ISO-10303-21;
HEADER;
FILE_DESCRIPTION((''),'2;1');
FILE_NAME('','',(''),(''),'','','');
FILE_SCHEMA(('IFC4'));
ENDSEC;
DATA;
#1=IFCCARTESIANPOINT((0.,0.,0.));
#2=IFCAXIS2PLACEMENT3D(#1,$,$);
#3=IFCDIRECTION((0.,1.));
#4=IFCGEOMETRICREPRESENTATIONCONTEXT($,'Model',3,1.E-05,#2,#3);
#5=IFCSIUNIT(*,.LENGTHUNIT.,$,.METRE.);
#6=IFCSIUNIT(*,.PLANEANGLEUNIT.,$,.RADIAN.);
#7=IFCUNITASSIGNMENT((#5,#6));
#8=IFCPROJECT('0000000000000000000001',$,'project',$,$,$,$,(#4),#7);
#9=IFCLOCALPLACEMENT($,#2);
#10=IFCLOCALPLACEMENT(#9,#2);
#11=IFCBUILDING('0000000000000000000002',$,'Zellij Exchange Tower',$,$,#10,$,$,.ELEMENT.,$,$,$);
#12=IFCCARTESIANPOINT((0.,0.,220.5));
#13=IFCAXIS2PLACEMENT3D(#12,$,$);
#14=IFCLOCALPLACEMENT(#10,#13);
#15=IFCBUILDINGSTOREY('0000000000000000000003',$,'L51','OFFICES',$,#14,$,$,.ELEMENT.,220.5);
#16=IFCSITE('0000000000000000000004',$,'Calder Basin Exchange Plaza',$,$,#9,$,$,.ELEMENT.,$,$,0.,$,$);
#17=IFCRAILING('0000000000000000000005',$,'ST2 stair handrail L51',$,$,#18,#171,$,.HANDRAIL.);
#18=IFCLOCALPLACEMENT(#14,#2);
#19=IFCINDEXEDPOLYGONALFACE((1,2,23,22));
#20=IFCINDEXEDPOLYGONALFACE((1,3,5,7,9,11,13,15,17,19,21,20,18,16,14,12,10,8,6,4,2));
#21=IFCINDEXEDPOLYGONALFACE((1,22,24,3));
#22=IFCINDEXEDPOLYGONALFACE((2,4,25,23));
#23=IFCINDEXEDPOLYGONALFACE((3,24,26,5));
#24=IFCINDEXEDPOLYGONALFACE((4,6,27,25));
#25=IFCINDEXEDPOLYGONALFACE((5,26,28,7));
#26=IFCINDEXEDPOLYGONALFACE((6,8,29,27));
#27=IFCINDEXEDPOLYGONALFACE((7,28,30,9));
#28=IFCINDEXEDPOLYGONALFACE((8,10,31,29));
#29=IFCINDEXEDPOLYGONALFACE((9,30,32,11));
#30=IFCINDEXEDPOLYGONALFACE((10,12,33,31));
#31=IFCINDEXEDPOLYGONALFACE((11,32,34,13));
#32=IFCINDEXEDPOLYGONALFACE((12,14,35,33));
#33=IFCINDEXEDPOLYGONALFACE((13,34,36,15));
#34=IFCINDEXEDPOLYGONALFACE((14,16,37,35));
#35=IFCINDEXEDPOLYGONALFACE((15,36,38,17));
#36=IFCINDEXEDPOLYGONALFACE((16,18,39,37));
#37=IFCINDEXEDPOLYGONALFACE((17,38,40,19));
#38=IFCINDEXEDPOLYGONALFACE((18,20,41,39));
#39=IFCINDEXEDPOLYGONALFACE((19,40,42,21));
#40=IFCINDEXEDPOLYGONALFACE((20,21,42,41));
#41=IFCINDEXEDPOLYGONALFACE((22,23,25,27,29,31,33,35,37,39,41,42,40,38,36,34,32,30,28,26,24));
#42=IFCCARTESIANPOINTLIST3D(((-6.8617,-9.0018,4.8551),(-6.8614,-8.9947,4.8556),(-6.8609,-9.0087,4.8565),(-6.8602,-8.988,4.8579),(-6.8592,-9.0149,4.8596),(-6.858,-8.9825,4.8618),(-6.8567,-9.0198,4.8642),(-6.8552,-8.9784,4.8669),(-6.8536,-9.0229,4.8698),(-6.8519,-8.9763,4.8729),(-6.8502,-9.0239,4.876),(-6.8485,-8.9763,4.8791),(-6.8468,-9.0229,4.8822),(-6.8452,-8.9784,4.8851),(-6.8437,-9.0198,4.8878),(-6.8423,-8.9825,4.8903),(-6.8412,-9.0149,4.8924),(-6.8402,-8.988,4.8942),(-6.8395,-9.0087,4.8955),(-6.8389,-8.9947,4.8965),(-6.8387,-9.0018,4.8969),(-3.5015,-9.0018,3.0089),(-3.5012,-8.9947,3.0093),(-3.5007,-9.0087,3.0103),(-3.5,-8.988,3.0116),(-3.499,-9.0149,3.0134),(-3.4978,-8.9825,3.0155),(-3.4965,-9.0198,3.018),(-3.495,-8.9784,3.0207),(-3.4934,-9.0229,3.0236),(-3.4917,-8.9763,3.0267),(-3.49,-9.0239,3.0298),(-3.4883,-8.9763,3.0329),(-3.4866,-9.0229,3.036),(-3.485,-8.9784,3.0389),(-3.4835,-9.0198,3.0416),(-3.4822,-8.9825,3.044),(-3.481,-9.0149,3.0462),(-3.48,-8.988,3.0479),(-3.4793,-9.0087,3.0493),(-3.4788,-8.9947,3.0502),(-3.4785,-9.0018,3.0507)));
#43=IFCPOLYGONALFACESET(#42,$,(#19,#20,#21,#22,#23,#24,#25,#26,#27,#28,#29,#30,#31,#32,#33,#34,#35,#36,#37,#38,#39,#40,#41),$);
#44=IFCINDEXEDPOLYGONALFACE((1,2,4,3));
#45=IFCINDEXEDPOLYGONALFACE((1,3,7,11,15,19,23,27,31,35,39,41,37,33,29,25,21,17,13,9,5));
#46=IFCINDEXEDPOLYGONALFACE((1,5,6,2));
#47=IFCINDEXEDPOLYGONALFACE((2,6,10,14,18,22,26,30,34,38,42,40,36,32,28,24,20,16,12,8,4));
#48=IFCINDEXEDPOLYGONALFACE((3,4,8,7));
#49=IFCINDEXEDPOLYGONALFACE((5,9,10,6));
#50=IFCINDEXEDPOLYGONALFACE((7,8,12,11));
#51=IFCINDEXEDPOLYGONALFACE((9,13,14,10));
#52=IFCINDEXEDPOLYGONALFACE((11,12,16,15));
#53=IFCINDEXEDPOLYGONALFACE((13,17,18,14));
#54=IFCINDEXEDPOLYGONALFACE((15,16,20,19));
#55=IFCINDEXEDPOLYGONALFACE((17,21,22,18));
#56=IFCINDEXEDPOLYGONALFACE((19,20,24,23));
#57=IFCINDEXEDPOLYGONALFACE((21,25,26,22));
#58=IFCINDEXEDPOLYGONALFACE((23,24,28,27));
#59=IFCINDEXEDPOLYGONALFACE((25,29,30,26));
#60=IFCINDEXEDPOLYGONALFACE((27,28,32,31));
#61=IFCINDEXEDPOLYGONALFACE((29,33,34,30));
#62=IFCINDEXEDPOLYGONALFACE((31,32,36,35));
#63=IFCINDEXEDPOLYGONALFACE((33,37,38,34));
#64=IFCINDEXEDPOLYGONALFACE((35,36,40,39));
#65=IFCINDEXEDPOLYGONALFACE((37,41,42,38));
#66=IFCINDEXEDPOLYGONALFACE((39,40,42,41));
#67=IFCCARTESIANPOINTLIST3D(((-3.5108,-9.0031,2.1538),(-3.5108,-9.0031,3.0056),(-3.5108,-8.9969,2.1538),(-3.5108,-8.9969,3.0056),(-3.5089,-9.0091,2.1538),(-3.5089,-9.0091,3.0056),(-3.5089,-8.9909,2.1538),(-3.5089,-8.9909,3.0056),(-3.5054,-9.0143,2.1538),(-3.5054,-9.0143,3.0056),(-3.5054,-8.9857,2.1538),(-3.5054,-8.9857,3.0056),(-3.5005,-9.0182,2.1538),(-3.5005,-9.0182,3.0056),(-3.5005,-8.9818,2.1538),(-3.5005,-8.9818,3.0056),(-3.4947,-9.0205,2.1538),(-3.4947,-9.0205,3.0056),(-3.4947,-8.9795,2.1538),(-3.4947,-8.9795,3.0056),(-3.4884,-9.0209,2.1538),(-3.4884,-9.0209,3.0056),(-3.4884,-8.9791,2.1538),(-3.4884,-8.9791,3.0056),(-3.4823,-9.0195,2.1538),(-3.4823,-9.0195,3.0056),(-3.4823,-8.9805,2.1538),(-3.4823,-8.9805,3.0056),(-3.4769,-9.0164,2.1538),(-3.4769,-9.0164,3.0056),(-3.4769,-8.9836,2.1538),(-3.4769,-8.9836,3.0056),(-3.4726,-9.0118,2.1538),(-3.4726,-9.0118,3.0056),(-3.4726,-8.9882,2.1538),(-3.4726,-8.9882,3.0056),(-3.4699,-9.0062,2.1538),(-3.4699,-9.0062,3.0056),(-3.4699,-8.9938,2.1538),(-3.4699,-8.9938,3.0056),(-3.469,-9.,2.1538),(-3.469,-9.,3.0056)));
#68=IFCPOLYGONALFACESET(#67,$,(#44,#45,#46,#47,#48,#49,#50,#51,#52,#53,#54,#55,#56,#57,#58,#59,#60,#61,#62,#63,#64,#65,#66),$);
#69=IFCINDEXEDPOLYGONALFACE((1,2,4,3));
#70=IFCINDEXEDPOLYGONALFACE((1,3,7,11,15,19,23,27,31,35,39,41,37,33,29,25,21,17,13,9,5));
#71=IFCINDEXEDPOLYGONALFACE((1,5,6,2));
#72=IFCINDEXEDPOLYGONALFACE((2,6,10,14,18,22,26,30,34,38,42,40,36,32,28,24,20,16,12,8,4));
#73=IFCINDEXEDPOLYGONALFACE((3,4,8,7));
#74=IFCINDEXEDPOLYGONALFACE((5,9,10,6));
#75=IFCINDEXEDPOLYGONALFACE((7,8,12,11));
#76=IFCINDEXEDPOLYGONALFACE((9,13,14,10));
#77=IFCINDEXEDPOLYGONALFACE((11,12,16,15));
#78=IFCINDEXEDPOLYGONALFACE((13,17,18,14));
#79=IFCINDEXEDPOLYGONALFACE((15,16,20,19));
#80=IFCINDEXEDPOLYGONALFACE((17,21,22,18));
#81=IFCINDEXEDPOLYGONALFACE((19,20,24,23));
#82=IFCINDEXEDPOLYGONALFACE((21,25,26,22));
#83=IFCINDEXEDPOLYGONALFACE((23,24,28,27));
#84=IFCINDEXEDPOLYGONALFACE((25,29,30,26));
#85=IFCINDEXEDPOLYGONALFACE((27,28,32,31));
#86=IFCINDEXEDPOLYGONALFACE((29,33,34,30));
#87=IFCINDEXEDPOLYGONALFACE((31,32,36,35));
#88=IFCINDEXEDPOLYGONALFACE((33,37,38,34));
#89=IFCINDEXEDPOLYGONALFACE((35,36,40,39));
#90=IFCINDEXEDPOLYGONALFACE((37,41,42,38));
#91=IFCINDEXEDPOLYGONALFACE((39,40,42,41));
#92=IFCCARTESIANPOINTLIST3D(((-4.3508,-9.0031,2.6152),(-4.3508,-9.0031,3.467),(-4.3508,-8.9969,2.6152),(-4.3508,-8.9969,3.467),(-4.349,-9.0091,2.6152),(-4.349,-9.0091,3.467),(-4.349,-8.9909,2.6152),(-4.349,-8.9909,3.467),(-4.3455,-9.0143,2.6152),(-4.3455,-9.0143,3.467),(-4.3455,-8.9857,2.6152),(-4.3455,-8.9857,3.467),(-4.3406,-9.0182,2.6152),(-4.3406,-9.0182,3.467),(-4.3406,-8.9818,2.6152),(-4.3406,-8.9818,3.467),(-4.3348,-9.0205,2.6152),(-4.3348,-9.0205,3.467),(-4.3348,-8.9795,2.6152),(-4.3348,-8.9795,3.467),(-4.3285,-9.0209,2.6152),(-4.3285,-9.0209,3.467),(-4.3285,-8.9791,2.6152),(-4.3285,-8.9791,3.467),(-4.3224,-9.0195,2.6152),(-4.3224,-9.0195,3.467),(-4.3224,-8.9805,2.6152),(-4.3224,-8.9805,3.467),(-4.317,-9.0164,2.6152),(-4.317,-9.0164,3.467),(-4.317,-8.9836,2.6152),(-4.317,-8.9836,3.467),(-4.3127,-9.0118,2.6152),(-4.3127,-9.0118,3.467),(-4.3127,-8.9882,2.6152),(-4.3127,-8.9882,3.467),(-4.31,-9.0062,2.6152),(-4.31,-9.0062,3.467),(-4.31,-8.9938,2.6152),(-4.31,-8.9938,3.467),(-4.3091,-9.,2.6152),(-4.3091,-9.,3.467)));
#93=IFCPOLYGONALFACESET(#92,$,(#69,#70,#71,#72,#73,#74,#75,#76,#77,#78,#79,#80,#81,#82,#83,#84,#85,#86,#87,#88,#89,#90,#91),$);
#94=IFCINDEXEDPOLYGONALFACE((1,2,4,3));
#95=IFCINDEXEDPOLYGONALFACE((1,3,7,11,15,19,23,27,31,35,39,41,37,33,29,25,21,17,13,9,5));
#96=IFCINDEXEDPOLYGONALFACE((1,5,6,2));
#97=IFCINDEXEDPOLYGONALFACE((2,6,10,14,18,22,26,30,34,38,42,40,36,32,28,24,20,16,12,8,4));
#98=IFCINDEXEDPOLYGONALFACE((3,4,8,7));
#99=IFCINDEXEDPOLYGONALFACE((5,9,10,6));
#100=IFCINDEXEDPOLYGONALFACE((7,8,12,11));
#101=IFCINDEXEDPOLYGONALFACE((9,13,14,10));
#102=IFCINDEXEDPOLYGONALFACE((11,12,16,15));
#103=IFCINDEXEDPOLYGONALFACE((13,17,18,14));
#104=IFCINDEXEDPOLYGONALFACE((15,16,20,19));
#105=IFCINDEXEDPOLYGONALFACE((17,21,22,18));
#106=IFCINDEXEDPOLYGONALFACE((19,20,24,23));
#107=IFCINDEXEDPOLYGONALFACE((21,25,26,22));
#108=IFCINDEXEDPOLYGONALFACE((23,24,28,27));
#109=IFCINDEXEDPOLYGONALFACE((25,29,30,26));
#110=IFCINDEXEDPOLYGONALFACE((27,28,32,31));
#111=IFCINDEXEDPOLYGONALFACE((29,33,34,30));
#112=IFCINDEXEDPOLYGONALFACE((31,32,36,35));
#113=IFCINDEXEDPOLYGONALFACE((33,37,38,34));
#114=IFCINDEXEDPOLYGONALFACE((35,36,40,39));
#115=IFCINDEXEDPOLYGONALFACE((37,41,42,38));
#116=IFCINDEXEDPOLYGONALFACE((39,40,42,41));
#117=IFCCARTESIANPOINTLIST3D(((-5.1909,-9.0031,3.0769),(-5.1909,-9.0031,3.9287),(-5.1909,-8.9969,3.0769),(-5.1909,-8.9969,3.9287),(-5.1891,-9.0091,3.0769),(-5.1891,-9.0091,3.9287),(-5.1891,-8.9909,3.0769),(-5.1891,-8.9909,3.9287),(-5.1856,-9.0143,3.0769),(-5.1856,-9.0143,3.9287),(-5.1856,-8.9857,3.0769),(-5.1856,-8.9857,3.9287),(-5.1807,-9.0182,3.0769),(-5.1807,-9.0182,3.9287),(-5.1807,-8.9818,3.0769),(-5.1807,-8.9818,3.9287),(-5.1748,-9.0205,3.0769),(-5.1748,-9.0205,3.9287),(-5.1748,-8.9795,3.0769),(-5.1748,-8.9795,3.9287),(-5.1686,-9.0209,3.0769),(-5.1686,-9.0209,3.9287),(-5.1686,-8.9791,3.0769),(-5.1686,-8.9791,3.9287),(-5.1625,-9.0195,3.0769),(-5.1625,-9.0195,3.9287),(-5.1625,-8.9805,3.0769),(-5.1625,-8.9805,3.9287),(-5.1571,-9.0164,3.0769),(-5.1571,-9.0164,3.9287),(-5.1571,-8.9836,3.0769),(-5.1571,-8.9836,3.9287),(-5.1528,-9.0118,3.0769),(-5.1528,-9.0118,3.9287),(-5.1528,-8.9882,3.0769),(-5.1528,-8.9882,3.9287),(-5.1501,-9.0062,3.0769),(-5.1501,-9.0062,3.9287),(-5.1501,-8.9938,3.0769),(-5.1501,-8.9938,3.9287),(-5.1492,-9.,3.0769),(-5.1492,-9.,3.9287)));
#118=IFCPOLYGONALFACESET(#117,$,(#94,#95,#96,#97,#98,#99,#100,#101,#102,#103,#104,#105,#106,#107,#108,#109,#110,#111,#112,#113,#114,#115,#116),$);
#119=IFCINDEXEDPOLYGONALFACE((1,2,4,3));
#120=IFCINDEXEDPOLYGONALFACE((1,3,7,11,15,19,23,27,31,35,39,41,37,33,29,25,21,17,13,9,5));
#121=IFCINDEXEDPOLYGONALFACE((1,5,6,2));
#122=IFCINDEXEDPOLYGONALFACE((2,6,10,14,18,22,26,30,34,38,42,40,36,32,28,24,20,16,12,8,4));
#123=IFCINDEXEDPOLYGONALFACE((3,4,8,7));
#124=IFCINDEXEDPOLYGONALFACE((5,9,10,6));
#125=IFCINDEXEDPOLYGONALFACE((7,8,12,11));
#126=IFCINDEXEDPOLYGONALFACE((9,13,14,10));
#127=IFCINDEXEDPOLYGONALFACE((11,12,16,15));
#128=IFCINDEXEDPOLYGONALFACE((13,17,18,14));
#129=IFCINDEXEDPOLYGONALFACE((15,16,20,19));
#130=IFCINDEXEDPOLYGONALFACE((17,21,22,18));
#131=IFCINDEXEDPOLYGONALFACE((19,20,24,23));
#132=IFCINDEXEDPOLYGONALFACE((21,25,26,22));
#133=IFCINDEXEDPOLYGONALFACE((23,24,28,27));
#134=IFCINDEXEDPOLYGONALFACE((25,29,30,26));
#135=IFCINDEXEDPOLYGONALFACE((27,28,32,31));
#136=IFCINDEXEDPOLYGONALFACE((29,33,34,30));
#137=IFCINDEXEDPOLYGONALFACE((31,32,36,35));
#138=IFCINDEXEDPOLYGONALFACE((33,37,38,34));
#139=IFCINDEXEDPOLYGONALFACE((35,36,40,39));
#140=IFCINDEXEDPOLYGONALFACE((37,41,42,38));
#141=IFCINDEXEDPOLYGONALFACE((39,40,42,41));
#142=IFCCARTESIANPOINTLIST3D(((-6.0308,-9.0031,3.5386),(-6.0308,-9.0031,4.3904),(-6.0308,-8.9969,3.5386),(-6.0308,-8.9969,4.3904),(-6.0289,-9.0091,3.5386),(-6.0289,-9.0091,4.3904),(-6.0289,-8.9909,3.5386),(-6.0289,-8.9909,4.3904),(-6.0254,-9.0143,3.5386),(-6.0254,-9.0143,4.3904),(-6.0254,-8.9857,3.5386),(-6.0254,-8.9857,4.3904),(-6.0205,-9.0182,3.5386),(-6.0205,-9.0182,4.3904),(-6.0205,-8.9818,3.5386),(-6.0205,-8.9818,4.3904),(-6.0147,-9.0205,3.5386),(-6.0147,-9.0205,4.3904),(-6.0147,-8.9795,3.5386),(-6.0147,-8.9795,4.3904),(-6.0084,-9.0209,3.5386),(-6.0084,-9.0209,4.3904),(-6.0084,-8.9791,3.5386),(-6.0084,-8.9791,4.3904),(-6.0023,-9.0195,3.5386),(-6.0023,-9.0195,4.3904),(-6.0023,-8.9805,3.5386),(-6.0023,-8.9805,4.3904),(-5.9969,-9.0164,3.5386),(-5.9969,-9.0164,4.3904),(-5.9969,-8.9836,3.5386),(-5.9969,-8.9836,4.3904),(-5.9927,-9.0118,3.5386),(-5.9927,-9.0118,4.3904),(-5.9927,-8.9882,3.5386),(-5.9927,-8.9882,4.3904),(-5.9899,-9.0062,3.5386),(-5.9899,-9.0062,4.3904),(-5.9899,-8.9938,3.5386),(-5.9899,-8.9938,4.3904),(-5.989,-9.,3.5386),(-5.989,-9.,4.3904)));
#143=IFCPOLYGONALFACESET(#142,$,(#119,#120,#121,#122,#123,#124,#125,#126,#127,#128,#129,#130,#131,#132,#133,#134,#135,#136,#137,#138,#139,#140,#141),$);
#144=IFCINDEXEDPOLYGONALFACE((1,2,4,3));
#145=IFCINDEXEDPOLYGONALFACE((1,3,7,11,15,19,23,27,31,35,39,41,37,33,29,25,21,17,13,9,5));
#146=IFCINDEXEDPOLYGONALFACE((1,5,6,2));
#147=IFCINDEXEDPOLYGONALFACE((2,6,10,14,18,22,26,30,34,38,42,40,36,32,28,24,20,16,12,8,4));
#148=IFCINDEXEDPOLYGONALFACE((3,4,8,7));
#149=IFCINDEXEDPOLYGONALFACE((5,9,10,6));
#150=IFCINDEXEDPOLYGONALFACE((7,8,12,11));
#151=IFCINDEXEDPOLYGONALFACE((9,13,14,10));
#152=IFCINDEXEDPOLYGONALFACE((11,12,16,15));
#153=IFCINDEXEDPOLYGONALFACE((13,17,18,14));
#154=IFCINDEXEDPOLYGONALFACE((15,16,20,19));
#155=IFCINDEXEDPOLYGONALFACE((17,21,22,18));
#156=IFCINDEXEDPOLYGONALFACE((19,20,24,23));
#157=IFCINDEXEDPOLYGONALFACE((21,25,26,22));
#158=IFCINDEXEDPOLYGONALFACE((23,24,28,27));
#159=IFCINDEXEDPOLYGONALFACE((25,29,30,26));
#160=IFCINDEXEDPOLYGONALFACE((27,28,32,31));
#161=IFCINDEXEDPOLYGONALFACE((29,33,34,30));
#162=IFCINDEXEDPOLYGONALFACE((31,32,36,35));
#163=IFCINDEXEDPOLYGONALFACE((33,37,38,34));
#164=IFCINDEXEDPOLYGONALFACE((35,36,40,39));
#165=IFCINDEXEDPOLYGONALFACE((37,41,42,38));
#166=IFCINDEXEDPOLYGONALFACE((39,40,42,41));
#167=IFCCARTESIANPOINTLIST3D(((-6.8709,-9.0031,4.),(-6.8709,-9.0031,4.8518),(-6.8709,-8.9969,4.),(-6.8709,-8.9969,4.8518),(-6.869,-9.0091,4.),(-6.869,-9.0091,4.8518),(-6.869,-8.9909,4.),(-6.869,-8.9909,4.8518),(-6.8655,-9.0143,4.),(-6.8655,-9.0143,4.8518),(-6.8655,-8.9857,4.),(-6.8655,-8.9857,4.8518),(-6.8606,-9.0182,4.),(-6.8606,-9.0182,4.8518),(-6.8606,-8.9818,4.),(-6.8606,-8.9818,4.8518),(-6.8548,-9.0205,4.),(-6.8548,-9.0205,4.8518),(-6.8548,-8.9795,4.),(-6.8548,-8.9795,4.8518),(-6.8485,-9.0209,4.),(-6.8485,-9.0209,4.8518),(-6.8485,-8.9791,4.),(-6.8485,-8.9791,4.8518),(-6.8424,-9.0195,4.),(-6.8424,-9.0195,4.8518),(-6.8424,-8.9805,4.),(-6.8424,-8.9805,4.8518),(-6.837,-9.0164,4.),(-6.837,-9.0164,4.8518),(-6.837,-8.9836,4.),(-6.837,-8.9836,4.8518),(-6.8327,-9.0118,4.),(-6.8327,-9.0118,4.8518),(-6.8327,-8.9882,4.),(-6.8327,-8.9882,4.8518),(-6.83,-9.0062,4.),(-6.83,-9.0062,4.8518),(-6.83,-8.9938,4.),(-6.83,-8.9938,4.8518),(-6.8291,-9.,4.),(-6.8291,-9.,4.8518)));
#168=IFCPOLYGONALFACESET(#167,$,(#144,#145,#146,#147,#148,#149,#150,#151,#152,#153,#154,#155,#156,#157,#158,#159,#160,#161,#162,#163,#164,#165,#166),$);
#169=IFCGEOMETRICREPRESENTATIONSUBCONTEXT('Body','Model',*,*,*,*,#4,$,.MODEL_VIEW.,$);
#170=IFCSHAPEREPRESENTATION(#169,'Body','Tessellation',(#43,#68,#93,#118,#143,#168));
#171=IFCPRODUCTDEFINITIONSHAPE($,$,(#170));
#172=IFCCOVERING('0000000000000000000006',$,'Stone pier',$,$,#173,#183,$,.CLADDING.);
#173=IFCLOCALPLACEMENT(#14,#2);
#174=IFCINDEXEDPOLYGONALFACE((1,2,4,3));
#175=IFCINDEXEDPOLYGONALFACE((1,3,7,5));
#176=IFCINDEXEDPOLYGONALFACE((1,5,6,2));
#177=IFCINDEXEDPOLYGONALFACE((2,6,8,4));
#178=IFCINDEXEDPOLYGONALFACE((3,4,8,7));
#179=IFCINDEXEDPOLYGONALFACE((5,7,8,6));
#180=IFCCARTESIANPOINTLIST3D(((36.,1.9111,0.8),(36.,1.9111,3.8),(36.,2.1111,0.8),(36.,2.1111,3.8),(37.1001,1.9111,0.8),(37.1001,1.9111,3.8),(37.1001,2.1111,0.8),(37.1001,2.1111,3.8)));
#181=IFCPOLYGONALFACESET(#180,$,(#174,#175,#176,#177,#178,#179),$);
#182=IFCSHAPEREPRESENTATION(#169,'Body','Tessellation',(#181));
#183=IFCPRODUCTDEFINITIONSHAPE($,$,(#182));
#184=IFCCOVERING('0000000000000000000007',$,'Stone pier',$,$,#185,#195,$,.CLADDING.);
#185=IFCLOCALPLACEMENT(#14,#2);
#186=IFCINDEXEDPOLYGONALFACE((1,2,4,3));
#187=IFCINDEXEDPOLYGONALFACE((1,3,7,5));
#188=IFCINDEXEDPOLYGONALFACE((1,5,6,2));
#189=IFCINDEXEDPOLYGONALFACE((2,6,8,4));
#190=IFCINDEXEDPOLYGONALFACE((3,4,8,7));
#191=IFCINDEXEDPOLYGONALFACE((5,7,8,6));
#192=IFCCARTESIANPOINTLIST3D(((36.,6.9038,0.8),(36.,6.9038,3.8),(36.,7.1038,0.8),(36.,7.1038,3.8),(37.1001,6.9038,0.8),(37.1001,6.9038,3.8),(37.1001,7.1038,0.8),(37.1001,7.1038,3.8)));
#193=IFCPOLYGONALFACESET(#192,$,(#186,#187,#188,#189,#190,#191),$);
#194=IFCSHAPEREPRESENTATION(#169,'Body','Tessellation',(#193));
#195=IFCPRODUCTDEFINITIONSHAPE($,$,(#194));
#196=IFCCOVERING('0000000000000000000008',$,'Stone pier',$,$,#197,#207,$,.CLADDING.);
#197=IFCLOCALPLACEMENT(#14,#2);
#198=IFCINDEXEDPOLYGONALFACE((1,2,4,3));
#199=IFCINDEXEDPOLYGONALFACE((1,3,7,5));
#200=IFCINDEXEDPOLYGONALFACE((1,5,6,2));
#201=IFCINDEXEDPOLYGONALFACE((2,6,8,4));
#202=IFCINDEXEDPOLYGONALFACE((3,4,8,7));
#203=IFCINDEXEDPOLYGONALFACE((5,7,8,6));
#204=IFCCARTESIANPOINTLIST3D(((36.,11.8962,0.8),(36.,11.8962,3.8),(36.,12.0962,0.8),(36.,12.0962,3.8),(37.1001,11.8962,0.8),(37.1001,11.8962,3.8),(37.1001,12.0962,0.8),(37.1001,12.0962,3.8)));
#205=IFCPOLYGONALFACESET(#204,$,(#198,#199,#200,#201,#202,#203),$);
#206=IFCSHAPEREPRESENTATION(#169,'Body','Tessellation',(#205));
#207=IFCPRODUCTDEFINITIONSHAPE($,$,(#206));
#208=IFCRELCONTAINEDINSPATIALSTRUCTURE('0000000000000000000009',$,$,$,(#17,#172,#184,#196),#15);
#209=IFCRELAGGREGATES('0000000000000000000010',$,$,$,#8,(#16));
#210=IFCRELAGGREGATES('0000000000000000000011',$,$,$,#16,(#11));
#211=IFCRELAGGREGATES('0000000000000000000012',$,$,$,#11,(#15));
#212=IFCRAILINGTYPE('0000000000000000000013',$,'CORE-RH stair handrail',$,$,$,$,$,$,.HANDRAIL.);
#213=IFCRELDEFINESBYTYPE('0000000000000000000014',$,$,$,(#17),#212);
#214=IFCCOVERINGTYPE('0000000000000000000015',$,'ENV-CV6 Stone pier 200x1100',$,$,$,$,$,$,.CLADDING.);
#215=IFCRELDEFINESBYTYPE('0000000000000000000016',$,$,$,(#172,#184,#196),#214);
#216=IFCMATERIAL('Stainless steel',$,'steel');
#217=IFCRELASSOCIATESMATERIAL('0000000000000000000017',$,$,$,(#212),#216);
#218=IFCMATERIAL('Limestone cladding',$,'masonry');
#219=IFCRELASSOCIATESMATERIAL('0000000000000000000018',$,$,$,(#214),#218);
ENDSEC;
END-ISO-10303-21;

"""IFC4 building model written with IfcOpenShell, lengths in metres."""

from ifc_helpers import new_model, si_unit, direction, frame, origin, origin_2d, place, context, subcontext, project, spatial, polyline, circle, outline, extrude, material, type_object, element, save


model = new_model("IFC4")

# Units and contexts
model_context = context("Model", 3, precision=1e-05, world=origin(), true_north=direction((0.0, 1.0)))
body_context = subcontext(model_context, "Body", "Model", "MODEL_VIEW")
ifc_project = project(units=[si_unit("LENGTHUNIT", "METRE"), si_unit("PLANEANGLEUNIT", "RADIAN")], contexts=[model_context])

# Site, building, storey
site_placement = place(None, origin())
site = spatial("IfcSite", under=ifc_project, at=site_placement, Name="Calder Basin Exchange Plaza", CompositionType="ELEMENT", RefElevation=0.0)
building_placement = place(site_placement, origin())
building = spatial("IfcBuilding", under=site, at=building_placement, Name="Zellij Exchange Tower", CompositionType="ELEMENT")
storey_placement = place(building_placement, frame((0.0, 0.0, 220.5)))
storey = spatial("IfcBuildingStorey", under=building, at=storey_placement, Name="L51", Description="OFFICES", CompositionType="ELEMENT", Elevation=220.5)

# Railing
ifc_material_1 = material(Name="Stainless steel", Category="steel")
railing_type_1 = type_object("IfcRailingType", Name="CORE-RH stair handrail", PredefinedType="HANDRAIL", material=ifc_material_1)
railing_1_placement = place(storey_placement, frame((-3.49, -9.0, 2.1538)))
element("IfcRailing", 1, at=railing_1_placement, inside=storey, type_object=railing_type_1, Name="ST2 stair handrail L51", PredefinedType="HANDRAIL", context=body_context, shape_type="SweptSolid", body=[
    extrude(circle(Radius=0.0239, at=origin_2d()), frame((0.0, 0.0, 0.876), z_axis=(-0.876422, 0.0, 0.481545), x_axis=(0.0, -1.0, 0.0)), (0.0, 0.0, 1.0), 3.834),
    extrude(circle(Radius=0.021, at=origin_2d()), origin(), (0.0, 0.0, 1.0), 0.8518),
    extrude(circle(Radius=0.021, at=origin_2d()), frame((-0.8401, 0.0, 0.4614)), (0.0, 0.0, 1.0), 0.8518),
    extrude(circle(Radius=0.021, at=origin_2d()), frame((-1.6802, 0.0, 0.9231)), (0.0, 0.0, 1.0), 0.8518),
    extrude(circle(Radius=0.021, at=origin_2d()), frame((-2.52, 0.0, 1.3848)), (0.0, 0.0, 1.0), 0.8518),
    extrude(circle(Radius=0.021, at=origin_2d()), frame((-3.3601, 0.0, 1.8462)), (0.0, 0.0, 1.0), 0.8518),
])

# Coverings
ifc_material_2 = material(Name="Limestone cladding", Category="masonry")
covering_type = type_object("IfcCoveringType", Name="ENV-CV6 Stone pier 200x1100", PredefinedType="CLADDING", material=ifc_material_2)
covering_1_placement = place(storey_placement, frame((0.0, 0.0, 0.8)))
element("IfcCovering", 2, at=covering_1_placement, inside=storey, type_object=covering_type, Name="Stone pier", PredefinedType="CLADDING", context=body_context, shape_type="SweptSolid", body=[
    extrude(outline(polyline([(36.0, 1.9111), (36.0, 2.1111), (37.1001, 2.1111), (37.1001, 1.9111), (36.0, 1.9111)])), origin(), (0.0, 0.0, 1.0), 3.0),
])
covering_2_placement = place(storey_placement, frame((0.0, 0.0, 0.8)))
element("IfcCovering", 3, at=covering_2_placement, inside=storey, type_object=covering_type, Name="Stone pier", PredefinedType="CLADDING", context=body_context, shape_type="SweptSolid", body=[
    extrude(outline(polyline([(36.0, 6.9038), (36.0, 7.1038), (37.1001, 7.1038), (37.1001, 6.9038), (36.0, 6.9038)])), origin(), (0.0, 0.0, 1.0), 3.0),
])
covering_3_placement = place(storey_placement, frame((0.0, 0.0, 0.8)))
element("IfcCovering", 4, at=covering_3_placement, inside=storey, type_object=covering_type, Name="Stone pier", PredefinedType="CLADDING", context=body_context, shape_type="SweptSolid", body=[
    extrude(outline(polyline([(36.0, 11.8962), (36.0, 12.0962), (37.1001, 12.0962), (37.1001, 11.8962), (36.0, 11.8962)])), origin(), (0.0, 0.0, 1.0), 3.0),
])

save(model, "model.ifc")
